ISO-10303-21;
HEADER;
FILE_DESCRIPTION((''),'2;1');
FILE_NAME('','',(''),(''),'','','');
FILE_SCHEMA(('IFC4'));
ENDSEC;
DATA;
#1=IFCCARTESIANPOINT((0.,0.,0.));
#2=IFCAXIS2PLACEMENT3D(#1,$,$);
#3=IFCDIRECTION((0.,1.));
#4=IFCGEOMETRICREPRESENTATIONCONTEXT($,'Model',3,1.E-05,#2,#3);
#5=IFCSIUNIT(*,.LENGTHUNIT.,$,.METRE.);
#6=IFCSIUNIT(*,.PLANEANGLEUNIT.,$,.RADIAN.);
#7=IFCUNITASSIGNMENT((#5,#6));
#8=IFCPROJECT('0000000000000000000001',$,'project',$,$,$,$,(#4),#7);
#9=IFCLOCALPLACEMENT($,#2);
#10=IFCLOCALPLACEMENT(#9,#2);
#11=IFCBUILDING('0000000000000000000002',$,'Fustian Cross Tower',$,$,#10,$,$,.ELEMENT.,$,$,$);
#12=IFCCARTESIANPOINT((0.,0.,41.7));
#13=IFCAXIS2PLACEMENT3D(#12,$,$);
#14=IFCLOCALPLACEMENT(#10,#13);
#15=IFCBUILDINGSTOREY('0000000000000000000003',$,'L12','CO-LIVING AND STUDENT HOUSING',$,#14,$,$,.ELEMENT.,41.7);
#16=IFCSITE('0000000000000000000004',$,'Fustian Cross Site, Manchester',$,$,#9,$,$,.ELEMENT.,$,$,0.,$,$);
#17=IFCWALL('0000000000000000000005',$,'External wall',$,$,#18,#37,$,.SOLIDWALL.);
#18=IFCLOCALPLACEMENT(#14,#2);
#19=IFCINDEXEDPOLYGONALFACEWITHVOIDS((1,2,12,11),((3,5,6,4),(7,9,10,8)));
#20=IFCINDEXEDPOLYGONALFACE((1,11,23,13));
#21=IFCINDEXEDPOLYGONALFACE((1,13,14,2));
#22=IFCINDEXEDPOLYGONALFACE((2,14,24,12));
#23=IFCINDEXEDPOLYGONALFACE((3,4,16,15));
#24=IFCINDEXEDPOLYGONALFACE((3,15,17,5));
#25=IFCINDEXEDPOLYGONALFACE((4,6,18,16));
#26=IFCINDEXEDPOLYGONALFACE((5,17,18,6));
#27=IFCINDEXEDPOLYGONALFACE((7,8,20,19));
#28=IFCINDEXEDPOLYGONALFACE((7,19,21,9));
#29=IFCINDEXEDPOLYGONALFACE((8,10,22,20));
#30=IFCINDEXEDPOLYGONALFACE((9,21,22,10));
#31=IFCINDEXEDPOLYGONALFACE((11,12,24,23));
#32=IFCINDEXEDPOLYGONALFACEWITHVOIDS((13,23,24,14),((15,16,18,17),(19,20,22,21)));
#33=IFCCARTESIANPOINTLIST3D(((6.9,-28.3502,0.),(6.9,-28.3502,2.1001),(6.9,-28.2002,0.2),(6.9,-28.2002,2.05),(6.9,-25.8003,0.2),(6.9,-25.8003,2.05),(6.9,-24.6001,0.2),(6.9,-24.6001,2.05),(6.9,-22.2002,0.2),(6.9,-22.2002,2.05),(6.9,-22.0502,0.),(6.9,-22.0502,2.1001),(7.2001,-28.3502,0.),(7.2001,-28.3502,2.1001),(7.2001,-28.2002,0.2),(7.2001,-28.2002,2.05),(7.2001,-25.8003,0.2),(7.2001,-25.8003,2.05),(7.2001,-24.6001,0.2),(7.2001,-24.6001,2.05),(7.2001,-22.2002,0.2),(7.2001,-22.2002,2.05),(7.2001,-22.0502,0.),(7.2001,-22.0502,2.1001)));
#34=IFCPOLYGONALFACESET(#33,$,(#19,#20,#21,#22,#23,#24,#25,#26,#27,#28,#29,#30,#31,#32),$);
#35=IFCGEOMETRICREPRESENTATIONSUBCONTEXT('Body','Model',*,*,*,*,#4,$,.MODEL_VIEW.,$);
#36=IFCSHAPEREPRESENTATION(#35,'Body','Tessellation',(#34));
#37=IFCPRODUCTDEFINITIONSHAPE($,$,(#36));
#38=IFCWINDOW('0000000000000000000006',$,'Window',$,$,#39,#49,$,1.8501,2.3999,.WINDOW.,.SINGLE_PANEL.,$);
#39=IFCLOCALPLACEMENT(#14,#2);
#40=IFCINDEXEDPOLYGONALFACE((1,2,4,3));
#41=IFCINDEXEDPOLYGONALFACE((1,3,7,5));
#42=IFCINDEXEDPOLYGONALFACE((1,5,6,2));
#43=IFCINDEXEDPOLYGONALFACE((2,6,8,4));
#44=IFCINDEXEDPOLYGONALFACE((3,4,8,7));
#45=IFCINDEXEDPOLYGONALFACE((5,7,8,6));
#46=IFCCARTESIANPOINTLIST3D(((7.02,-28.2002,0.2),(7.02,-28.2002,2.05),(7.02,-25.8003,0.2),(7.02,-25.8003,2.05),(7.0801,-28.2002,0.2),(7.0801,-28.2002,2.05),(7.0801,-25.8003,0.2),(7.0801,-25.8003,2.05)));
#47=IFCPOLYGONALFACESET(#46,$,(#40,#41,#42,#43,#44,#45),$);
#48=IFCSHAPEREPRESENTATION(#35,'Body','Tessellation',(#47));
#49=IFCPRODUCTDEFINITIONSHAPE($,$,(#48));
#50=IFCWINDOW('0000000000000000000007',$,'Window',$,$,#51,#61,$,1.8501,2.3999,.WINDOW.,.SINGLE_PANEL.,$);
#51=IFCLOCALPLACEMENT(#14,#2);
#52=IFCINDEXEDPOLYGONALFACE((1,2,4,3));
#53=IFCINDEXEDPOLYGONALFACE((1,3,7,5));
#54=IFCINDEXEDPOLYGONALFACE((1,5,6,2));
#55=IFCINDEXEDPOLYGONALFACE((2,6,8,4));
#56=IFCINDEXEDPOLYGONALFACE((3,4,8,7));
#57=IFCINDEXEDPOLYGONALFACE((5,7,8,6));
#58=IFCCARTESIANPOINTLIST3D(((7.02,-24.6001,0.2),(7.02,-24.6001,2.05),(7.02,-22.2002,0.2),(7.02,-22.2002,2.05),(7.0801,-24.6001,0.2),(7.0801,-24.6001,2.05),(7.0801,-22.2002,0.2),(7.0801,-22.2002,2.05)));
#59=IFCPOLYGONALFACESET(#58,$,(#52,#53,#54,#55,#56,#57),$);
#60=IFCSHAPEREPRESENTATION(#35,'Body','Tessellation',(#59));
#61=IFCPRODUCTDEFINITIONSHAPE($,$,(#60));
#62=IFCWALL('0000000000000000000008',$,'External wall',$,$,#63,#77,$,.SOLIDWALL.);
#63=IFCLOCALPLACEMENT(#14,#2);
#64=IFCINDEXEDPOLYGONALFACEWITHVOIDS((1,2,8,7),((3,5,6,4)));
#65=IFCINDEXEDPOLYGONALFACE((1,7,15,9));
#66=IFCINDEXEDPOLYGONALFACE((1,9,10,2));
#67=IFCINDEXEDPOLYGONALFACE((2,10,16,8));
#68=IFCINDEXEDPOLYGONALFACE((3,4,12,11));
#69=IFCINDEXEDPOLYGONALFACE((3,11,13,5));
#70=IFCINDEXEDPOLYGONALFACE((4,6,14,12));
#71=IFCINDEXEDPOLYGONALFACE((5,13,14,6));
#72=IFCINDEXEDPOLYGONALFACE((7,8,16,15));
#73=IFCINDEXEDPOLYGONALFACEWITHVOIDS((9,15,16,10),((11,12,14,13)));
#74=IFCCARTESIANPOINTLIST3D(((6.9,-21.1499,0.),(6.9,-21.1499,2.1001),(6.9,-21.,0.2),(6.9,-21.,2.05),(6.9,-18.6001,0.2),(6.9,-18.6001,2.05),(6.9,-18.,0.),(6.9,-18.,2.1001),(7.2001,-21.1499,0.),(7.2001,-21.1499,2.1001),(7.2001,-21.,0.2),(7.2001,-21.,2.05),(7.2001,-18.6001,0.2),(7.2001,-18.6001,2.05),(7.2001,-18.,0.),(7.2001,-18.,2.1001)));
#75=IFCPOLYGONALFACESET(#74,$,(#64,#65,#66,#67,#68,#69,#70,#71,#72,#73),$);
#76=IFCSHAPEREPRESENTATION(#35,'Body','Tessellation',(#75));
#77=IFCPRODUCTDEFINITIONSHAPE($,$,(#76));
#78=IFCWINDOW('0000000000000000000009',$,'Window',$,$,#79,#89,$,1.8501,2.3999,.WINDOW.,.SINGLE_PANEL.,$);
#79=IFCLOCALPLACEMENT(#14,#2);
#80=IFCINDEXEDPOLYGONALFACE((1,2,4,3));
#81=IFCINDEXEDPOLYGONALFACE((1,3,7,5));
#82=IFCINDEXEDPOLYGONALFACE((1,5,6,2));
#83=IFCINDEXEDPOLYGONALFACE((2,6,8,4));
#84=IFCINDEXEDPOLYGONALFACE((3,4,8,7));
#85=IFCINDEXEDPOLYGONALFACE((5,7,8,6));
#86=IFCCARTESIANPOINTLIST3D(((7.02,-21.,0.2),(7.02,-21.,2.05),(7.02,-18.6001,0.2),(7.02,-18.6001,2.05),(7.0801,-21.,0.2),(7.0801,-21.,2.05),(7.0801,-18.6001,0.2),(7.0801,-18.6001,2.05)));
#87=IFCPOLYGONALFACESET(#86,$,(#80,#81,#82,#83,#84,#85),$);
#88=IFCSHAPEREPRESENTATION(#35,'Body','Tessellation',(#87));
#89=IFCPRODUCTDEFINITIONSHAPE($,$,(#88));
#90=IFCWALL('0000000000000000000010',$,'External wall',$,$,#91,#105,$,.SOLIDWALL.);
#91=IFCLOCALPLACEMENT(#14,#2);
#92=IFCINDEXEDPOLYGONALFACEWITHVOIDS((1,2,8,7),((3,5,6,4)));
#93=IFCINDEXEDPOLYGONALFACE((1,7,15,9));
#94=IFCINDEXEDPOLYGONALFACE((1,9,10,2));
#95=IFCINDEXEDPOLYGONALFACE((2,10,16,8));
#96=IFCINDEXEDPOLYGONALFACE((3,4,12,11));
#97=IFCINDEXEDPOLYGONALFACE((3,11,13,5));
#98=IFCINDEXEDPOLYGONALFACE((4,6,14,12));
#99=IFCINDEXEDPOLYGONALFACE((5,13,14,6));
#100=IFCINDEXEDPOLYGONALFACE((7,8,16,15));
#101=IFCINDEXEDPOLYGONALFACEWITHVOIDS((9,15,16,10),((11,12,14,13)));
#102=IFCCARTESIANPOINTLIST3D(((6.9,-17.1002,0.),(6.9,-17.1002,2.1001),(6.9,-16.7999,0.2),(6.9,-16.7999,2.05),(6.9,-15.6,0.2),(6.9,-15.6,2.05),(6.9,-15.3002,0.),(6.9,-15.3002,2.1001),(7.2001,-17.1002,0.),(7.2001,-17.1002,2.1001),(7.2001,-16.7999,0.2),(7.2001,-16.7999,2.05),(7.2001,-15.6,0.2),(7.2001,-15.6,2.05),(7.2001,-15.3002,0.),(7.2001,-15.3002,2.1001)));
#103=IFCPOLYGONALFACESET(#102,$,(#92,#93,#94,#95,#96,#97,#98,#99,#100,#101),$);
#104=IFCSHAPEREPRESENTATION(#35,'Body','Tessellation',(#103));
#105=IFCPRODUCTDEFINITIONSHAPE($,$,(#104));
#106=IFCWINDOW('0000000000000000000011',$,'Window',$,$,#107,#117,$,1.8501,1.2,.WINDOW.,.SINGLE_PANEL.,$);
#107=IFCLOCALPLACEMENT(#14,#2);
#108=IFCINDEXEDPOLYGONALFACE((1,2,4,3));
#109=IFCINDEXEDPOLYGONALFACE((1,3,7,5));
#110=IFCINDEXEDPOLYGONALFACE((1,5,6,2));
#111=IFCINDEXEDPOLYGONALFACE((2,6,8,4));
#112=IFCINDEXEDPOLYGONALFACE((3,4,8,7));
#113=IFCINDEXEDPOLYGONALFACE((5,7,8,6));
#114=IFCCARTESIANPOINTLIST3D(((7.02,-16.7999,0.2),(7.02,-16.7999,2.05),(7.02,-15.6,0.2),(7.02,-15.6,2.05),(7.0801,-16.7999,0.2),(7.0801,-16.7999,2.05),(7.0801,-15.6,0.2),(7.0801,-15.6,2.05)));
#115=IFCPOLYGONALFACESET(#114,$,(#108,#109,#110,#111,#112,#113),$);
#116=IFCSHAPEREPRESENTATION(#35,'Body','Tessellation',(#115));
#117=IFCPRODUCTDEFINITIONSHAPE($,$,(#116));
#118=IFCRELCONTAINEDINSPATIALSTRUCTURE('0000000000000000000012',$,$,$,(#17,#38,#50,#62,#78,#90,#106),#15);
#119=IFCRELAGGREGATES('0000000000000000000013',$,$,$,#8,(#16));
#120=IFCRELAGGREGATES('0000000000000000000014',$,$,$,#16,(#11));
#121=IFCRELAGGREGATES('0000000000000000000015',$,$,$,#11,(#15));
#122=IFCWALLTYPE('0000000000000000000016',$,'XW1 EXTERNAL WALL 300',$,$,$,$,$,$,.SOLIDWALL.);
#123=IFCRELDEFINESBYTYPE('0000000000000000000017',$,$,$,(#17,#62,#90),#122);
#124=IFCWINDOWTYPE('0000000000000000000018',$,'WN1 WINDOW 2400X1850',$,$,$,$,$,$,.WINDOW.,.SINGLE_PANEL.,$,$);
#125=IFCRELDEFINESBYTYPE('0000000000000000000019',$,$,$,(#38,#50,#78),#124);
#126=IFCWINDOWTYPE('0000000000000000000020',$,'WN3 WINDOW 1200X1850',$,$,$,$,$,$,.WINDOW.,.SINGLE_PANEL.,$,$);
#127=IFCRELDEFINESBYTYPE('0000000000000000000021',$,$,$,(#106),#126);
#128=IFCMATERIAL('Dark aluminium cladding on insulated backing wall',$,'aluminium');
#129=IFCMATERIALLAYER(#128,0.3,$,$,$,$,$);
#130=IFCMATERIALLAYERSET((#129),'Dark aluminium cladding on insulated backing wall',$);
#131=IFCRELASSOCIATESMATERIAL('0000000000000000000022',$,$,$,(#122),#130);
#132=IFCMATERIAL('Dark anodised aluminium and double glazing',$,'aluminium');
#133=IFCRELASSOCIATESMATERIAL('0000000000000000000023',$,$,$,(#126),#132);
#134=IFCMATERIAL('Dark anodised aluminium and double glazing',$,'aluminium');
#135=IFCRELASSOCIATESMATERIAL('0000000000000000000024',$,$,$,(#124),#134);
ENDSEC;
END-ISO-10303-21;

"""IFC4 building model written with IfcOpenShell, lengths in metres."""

from ifc_helpers import new_model, si_unit, direction, frame, frame_2d, origin, place, context, subcontext, project, spatial, rectangle, extrude, material, layer, layer_set, type_object, element, fill, save


model = new_model("IFC4")

# Units and contexts
model_context = context("Model", 3, precision=1e-05, world=origin(), true_north=direction((0.0, 1.0)))
body_context = subcontext(model_context, "Body", "Model", "MODEL_VIEW")
ifc_project = project(units=[si_unit("LENGTHUNIT", "METRE"), si_unit("PLANEANGLEUNIT", "RADIAN")], contexts=[model_context])

# Site, building, storey
site_placement = place(None, origin())
site = spatial("IfcSite", under=ifc_project, at=site_placement, Name="Fustian Cross Site, Manchester", CompositionType="ELEMENT", RefElevation=0.0)
building_placement = place(site_placement, origin())
building = spatial("IfcBuilding", under=site, at=building_placement, Name="Fustian Cross Tower", CompositionType="ELEMENT")
storey_placement = place(building_placement, frame((0.0, 0.0, 41.7)))
storey = spatial("IfcBuildingStorey", under=building, at=storey_placement, Name="L12", Description="CO-LIVING AND STUDENT HOUSING", CompositionType="ELEMENT", Elevation=41.7)

# Shared definitions
ifc_material_1 = material(Name="Dark aluminium cladding on insulated backing wall", Category="aluminium")
ifc_layer_1 = layer(ifc_material_1, 0.3)
ifc_layer_set_1 = layer_set([ifc_layer_1], Name="Dark aluminium cladding on insulated backing wall")
wall_type_1 = type_object("IfcWallType", Name="XW1 EXTERNAL WALL 300", PredefinedType="SOLIDWALL", material=ifc_layer_set_1)
ifc_material_2 = material(Name="Dark anodised aluminium and double glazing", Category="aluminium")
window_type_1 = type_object("IfcWindowType", Name="WN3 WINDOW 1200X1850", PartitioningType="SINGLE_PANEL", PredefinedType="WINDOW", material=ifc_material_2)

# Shared definitions
ifc_material_3 = material(Name="Dark anodised aluminium and double glazing", Category="aluminium")
window_type_2 = type_object("IfcWindowType", Name="WN1 WINDOW 2400X1850", PartitioningType="SINGLE_PANEL", PredefinedType="WINDOW", material=ifc_material_3)

# Wall, openings, windows
wall_1_placement = place(storey_placement, frame((7.05, -28.3501, 0.0), z_axis=(0.0, 0.0, 1.0), x_axis=(0.0, 1.0, 0.0)))
wall_1 = element("IfcWall", 1, at=wall_1_placement, inside=storey, type_object=wall_type_1, Name="External wall", PredefinedType="SOLIDWALL", context=body_context, shape_type="SweptSolid", body=[
    extrude(rectangle(XDim=6.3, YDim=0.3, at=frame_2d((3.1499, 0.0))), origin(), (0.0, 0.0, 1.0), 2.1001),
])
opening_1_placement = place(wall_1_placement, frame((0.1499, 0.0, 0.2)))
opening_1 = element("IfcOpeningElement", 2, at=opening_1_placement, cuts=wall_1, PredefinedType="OPENING", context=body_context, shape_type="SweptSolid", body=[
    extrude(rectangle(XDim=2.3999, YDim=1.8501, at=frame_2d((1.2, 0.925))), frame((0.0, 0.1599, 0.0), z_axis=(0.0, -1.0, 0.0), x_axis=(1.0, 0.0, 0.0)), (0.0, 0.0, 1.0), 0.3201),
])
opening_2_placement = place(wall_1_placement, frame((3.75, 0.0, 0.2)))
opening_2 = element("IfcOpeningElement", 3, at=opening_2_placement, cuts=wall_1, PredefinedType="OPENING", context=body_context, shape_type="SweptSolid", body=[
    extrude(rectangle(XDim=2.3999, YDim=1.8501, at=frame_2d((1.2, 0.925))), frame((0.0, 0.1599, 0.0), z_axis=(0.0, -1.0, 0.0), x_axis=(1.0, 0.0, 0.0)), (0.0, 0.0, 1.0), 0.3201),
])
window_1_placement = place(opening_1_placement, origin())
window_1 = element("IfcWindow", 4, at=window_1_placement, inside=storey, type_object=window_type_2, Name="Window", OverallHeight=1.8501, OverallWidth=2.3999, PartitioningType="SINGLE_PANEL", PredefinedType="WINDOW", context=body_context, shape_type="SweptSolid", body=[
    extrude(rectangle(XDim=2.3999, YDim=1.8501, at=frame_2d((1.2, 0.925))), frame((0.0, 0.03, 0.0), z_axis=(0.0, -1.0, 0.0), x_axis=(1.0, 0.0, 0.0)), (0.0, 0.0, 1.0), 0.0601),
])
fill(opening_1, window_1)
window_2_placement = place(opening_2_placement, origin())
window_2 = element("IfcWindow", 5, at=window_2_placement, inside=storey, type_object=window_type_2, Name="Window", OverallHeight=1.8501, OverallWidth=2.3999, PartitioningType="SINGLE_PANEL", PredefinedType="WINDOW", context=body_context, shape_type="SweptSolid", body=[
    extrude(rectangle(XDim=2.3999, YDim=1.8501, at=frame_2d((1.2, 0.925))), frame((0.0, 0.03, 0.0), z_axis=(0.0, -1.0, 0.0), x_axis=(1.0, 0.0, 0.0)), (0.0, 0.0, 1.0), 0.0601),
])
fill(opening_2, window_2)

# Walls, openings, windows
wall_2_placement = place(storey_placement, frame((7.05, -21.1499, 0.0), z_axis=(0.0, 0.0, 1.0), x_axis=(0.0, 1.0, 0.0)))
wall_2 = element("IfcWall", 6, at=wall_2_placement, inside=storey, type_object=wall_type_1, Name="External wall", PredefinedType="SOLIDWALL", context=body_context, shape_type="SweptSolid", body=[
    extrude(rectangle(XDim=3.1499, YDim=0.3, at=frame_2d((1.575, 0.0))), origin(), (0.0, 0.0, 1.0), 2.1001),
])
opening_3_placement = place(wall_2_placement, frame((0.1499, 0.0, 0.2)))
opening_3 = element("IfcOpeningElement", 7, at=opening_3_placement, cuts=wall_2, PredefinedType="OPENING", context=body_context, shape_type="SweptSolid", body=[
    extrude(rectangle(XDim=2.3999, YDim=1.8501, at=frame_2d((1.2, 0.925))), frame((0.0, 0.1599, 0.0), z_axis=(0.0, -1.0, 0.0), x_axis=(1.0, 0.0, 0.0)), (0.0, 0.0, 1.0), 0.3201),
])
window_3_placement = place(opening_3_placement, origin())
window_3 = element("IfcWindow", 8, at=window_3_placement, inside=storey, type_object=window_type_2, Name="Window", OverallHeight=1.8501, OverallWidth=2.3999, PartitioningType="SINGLE_PANEL", PredefinedType="WINDOW", context=body_context, shape_type="SweptSolid", body=[
    extrude(rectangle(XDim=2.3999, YDim=1.8501, at=frame_2d((1.2, 0.925))), frame((0.0, 0.03, 0.0), z_axis=(0.0, -1.0, 0.0), x_axis=(1.0, 0.0, 0.0)), (0.0, 0.0, 1.0), 0.0601),
])
fill(opening_3, window_3)
wall_3_placement = place(storey_placement, frame((7.05, -17.1001, 0.0), z_axis=(0.0, 0.0, 1.0), x_axis=(0.0, 1.0, 0.0)))
wall_3 = element("IfcWall", 9, at=wall_3_placement, inside=storey, type_object=wall_type_1, Name="External wall", PredefinedType="SOLIDWALL", context=body_context, shape_type="SweptSolid", body=[
    extrude(rectangle(XDim=1.8, YDim=0.3, at=frame_2d((0.8999, 0.0))), origin(), (0.0, 0.0, 1.0), 2.1001),
])
opening_4_placement = place(wall_3_placement, frame((0.3, 0.0, 0.2)))
opening_4 = element("IfcOpeningElement", 10, at=opening_4_placement, cuts=wall_3, PredefinedType="OPENING", context=body_context, shape_type="SweptSolid", body=[
    extrude(rectangle(XDim=1.2, YDim=1.8501, at=frame_2d((0.6001, 0.925))), frame((0.0, 0.1599, 0.0), z_axis=(0.0, -1.0, 0.0), x_axis=(1.0, 0.0, 0.0)), (0.0, 0.0, 1.0), 0.3201),
])
window_4_placement = place(opening_4_placement, origin())
window_4 = element("IfcWindow", 11, at=window_4_placement, inside=storey, type_object=window_type_1, Name="Window", OverallHeight=1.8501, OverallWidth=1.2, PartitioningType="SINGLE_PANEL", PredefinedType="WINDOW", context=body_context, shape_type="SweptSolid", body=[
    extrude(rectangle(XDim=1.2, YDim=1.8501, at=frame_2d((0.6001, 0.925))), frame((0.0, 0.03, 0.0), z_axis=(0.0, -1.0, 0.0), x_axis=(1.0, 0.0, 0.0)), (0.0, 0.0, 1.0), 0.0601),
])
fill(opening_4, window_4)

save(model, "model.ifc")
